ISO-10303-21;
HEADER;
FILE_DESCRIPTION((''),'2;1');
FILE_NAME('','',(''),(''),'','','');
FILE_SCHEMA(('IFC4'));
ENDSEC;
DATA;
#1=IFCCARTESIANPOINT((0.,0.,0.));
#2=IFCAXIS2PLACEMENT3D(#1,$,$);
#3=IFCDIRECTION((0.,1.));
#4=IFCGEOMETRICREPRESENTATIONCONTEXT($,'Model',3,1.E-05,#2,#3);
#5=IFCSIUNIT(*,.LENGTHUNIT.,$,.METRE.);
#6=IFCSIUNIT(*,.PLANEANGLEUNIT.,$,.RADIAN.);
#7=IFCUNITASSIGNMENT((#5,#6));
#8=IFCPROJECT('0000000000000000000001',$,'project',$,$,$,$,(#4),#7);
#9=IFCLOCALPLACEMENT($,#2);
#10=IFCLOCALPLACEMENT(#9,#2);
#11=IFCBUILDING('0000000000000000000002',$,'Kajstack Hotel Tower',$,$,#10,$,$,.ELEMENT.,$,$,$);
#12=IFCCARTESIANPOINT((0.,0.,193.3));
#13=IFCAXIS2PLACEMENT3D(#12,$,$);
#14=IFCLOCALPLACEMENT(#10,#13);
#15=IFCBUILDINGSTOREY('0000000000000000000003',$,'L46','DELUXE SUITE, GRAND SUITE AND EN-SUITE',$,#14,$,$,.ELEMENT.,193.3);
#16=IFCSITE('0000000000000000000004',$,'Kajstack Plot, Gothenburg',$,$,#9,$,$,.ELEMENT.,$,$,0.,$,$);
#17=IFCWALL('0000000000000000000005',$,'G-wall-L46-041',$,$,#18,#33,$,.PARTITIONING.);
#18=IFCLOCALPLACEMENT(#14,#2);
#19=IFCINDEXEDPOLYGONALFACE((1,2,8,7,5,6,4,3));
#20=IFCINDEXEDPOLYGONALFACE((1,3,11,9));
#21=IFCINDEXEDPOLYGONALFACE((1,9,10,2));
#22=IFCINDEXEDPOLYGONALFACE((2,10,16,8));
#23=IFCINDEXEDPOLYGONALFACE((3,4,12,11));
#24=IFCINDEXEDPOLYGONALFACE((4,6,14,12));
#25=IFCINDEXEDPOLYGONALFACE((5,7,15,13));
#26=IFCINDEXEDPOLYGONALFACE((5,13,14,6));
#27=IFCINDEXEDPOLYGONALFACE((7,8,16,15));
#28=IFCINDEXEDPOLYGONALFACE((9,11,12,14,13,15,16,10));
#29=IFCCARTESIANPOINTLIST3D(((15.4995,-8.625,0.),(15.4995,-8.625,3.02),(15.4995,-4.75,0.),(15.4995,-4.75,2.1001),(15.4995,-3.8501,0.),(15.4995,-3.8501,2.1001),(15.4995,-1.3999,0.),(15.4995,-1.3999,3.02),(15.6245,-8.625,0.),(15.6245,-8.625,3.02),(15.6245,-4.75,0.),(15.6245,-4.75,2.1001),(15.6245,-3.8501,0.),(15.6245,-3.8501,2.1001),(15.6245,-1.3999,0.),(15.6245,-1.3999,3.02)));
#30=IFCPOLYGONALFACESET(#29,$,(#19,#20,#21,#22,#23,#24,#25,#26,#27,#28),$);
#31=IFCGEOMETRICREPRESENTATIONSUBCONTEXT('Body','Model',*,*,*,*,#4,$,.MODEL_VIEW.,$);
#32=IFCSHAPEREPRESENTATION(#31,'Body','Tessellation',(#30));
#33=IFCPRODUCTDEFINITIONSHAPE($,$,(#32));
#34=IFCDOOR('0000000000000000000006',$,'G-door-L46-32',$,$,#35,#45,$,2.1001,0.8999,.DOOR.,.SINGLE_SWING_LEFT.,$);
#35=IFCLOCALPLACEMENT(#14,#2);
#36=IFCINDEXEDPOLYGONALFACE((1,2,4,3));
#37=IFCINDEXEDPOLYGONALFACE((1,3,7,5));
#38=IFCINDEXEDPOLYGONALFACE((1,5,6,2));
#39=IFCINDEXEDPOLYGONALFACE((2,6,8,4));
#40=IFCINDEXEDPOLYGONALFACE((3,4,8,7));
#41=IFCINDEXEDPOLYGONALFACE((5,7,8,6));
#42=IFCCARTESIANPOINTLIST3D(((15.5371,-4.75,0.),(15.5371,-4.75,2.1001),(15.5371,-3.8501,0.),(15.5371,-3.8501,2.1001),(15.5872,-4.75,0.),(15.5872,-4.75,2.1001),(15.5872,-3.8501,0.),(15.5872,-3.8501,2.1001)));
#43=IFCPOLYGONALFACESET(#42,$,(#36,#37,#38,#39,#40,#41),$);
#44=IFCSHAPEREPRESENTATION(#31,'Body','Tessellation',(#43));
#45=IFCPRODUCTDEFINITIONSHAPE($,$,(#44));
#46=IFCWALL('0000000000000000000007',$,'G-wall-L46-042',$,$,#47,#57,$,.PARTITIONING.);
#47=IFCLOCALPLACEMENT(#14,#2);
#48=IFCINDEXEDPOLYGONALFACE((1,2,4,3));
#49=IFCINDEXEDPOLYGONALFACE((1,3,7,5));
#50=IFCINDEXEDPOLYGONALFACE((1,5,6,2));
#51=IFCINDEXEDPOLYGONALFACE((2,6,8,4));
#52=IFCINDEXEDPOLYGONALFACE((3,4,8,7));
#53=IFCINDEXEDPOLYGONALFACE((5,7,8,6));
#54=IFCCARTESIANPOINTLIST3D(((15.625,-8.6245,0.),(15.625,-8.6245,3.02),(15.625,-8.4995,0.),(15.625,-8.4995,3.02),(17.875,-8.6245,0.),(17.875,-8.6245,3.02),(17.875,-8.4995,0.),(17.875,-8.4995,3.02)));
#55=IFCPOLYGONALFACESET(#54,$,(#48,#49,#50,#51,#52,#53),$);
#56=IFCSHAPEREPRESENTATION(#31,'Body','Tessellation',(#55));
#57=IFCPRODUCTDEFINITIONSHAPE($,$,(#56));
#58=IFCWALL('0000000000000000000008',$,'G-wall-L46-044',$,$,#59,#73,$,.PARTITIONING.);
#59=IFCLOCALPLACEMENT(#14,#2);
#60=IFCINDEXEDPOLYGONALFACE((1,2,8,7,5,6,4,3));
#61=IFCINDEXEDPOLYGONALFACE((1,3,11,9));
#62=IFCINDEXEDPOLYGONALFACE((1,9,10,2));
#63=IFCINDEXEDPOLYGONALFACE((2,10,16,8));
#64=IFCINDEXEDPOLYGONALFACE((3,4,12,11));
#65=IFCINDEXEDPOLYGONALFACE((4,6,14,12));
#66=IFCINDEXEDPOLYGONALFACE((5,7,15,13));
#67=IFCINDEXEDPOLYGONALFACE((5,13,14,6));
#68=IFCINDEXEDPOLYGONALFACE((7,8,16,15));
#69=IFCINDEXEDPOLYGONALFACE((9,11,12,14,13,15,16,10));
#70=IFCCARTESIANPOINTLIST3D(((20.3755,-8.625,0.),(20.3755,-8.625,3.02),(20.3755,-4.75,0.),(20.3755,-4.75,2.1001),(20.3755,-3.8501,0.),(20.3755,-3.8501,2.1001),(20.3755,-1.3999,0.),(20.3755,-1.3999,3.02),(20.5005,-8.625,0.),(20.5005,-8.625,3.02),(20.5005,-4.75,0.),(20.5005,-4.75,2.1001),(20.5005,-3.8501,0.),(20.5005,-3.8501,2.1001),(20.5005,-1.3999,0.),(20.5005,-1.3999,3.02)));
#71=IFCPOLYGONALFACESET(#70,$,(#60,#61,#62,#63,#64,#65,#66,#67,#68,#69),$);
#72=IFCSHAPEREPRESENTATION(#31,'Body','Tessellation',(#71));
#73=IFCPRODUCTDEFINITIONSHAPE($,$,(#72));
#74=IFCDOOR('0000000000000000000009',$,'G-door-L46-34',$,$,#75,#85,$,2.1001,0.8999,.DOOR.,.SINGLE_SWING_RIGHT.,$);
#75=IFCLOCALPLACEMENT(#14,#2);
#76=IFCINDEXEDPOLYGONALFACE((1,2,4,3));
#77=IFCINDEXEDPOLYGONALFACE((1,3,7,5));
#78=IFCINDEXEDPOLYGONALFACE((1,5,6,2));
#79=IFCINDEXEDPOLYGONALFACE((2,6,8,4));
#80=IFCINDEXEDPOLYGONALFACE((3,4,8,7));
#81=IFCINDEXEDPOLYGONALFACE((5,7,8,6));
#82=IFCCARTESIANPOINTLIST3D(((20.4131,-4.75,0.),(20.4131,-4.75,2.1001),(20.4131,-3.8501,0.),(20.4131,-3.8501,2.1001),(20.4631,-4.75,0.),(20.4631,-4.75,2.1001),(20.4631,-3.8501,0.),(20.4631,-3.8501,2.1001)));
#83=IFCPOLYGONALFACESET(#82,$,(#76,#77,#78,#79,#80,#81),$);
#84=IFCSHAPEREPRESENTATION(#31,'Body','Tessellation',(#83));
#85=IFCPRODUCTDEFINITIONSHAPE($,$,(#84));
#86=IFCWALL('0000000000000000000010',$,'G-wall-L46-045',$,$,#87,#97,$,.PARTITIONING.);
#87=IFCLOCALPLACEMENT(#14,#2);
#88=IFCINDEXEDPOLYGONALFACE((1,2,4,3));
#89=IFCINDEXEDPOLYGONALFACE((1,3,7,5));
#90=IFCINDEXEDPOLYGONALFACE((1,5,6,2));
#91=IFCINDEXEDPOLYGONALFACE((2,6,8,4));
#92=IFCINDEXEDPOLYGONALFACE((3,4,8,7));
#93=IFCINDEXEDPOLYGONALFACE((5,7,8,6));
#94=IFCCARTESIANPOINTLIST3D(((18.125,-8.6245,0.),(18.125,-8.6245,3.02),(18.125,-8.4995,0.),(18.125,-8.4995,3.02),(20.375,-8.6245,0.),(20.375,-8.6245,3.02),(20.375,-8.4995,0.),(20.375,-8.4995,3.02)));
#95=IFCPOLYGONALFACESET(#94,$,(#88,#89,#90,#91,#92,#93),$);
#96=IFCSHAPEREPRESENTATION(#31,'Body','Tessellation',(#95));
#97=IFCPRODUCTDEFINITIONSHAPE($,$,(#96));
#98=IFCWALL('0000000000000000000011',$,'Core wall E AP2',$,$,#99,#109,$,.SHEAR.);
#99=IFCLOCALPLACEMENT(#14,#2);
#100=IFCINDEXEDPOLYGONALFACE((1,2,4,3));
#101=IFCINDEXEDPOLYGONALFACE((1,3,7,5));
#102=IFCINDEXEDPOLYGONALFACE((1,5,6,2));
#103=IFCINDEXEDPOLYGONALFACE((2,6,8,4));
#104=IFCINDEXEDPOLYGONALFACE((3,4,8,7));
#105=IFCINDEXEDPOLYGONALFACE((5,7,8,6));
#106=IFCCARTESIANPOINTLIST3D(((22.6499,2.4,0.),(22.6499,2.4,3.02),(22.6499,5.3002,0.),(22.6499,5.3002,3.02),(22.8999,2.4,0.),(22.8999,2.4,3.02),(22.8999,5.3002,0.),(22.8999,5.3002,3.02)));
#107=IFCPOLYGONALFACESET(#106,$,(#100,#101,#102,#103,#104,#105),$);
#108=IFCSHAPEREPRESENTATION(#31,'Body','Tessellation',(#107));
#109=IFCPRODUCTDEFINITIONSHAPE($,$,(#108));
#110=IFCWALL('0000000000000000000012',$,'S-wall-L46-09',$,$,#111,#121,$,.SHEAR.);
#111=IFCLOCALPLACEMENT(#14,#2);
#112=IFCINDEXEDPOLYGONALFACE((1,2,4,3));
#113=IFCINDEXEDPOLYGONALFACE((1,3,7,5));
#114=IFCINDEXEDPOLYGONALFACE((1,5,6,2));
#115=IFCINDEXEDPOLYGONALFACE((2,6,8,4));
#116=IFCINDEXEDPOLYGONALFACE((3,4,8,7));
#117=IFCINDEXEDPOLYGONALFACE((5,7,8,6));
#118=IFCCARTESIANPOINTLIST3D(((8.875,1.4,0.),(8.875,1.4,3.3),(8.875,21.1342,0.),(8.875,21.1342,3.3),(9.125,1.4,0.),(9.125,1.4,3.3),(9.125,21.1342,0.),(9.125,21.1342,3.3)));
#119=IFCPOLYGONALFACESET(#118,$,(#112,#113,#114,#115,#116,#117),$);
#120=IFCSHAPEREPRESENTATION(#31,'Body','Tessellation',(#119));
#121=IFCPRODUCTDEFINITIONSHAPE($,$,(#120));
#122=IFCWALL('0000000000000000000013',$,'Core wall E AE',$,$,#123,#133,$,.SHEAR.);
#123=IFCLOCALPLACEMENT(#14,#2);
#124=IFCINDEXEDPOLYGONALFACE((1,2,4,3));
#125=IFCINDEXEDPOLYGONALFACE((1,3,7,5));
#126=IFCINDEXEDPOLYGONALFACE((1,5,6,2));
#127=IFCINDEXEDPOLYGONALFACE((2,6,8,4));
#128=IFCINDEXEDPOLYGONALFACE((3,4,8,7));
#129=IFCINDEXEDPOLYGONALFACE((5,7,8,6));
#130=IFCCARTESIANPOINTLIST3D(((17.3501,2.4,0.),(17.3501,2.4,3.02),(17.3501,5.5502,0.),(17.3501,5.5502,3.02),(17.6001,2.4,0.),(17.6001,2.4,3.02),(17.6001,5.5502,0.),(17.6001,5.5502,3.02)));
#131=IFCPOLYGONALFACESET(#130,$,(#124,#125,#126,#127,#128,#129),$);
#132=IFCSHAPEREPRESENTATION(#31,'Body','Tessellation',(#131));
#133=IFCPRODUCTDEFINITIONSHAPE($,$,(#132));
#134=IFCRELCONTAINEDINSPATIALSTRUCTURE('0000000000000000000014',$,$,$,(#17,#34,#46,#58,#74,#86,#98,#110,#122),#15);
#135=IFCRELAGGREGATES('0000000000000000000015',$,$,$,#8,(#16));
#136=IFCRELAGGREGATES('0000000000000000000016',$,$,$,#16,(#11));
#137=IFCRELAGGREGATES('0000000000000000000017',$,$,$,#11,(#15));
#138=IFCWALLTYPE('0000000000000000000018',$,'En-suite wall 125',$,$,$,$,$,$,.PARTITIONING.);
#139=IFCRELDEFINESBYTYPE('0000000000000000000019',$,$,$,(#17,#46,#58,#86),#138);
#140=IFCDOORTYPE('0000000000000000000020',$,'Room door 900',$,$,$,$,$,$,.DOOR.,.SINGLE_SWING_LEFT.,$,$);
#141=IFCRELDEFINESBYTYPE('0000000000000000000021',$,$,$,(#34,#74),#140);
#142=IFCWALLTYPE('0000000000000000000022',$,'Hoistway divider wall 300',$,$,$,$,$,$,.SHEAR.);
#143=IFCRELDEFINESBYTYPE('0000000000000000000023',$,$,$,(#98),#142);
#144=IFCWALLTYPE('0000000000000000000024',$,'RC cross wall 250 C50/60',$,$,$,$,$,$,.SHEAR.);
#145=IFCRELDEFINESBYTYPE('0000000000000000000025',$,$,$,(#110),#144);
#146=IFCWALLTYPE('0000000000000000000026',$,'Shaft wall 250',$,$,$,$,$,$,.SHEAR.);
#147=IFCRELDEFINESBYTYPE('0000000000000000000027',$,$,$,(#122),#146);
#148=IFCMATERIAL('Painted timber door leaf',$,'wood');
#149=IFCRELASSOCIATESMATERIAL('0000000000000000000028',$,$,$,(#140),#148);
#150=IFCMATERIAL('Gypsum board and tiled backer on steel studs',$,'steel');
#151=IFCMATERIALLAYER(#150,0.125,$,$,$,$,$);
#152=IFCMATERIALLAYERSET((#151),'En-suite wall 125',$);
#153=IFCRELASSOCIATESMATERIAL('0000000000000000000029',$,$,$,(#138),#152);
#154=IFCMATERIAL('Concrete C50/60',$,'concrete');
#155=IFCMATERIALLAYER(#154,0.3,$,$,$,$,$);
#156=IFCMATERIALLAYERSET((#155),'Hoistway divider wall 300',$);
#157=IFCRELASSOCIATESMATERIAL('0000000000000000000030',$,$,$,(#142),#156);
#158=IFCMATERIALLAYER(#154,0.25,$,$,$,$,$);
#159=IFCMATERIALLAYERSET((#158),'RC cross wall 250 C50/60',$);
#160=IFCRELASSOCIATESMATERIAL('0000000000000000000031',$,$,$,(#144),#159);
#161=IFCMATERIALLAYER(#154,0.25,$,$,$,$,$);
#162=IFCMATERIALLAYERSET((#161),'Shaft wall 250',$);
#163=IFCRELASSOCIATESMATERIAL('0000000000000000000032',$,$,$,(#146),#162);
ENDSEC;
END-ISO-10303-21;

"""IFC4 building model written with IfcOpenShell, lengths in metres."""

from ifc_helpers import new_model, si_unit, direction, frame, frame_2d, origin, place, context, subcontext, project, spatial, rectangle, extrude, material, layer, layer_set, type_object, element, fill, save


model = new_model("IFC4")

# Units and contexts
model_context = context("Model", 3, precision=1e-05, world=origin(), true_north=direction((0.0, 1.0)))
body_context = subcontext(model_context, "Body", "Model", "MODEL_VIEW")
ifc_project = project(units=[si_unit("LENGTHUNIT", "METRE"), si_unit("PLANEANGLEUNIT", "RADIAN")], contexts=[model_context])

# Site, building, storey
site_placement = place(None, origin())
site = spatial("IfcSite", under=ifc_project, at=site_placement, Name="Kajstack Plot, Gothenburg", CompositionType="ELEMENT", RefElevation=0.0)
building_placement = place(site_placement, origin())
building = spatial("IfcBuilding", under=site, at=building_placement, Name="Kajstack Hotel Tower", CompositionType="ELEMENT")
storey_placement = place(building_placement, frame((0.0, 0.0, 193.3)))
storey = spatial("IfcBuildingStorey", under=building, at=storey_placement, Name="L46", Description="DELUXE SUITE, GRAND SUITE AND EN-SUITE", CompositionType="ELEMENT", Elevation=193.3)

# Shared definitions
ifc_material_1 = material(Name="Painted timber door leaf", Category="wood")
door_type_1 = type_object("IfcDoorType", Name="Room door 900", OperationType="SINGLE_SWING_LEFT", PredefinedType="DOOR", material=ifc_material_1)

# Shared definitions
ifc_material_2 = material(Name="Gypsum board and tiled backer on steel studs", Category="steel")
ifc_layer_1 = layer(ifc_material_2, 0.125)
ifc_layer_set_1 = layer_set([ifc_layer_1], Name="En-suite wall 125")
wall_type_1 = type_object("IfcWallType", Name="En-suite wall 125", PredefinedType="PARTITIONING", material=ifc_layer_set_1)

# Wall, opening, door
wall_1_placement = place(storey_placement, frame((15.562, -8.625, 0.0), z_axis=(0.0, 0.0, 1.0), x_axis=(0.0, 1.0, 0.0)))
wall_1 = element("IfcWall", 1, at=wall_1_placement, inside=storey, type_object=wall_type_1, Name="G-wall-L46-041", PredefinedType="PARTITIONING", context=body_context, shape_type="SweptSolid", body=[
    extrude(rectangle(XDim=7.2251, YDim=0.125, at=frame_2d((3.6125, 0.0))), origin(), (0.0, 0.0, 1.0), 3.02),
])
opening_1_placement = place(wall_1_placement, frame((3.875, 0.0, 0.0)))
opening_1 = element("IfcOpeningElement", 2, at=opening_1_placement, cuts=wall_1, PredefinedType="OPENING", context=body_context, shape_type="SweptSolid", body=[
    extrude(rectangle(XDim=0.8999, YDim=2.1001, at=frame_2d((0.45, 1.05))), frame((0.0, 0.0725, 0.0), z_axis=(0.0, -1.0, 0.0), x_axis=(1.0, 0.0, 0.0)), (0.0, 0.0, 1.0), 0.145),
])
door_1_placement = place(opening_1_placement, origin())
door_1 = element("IfcDoor", 3, at=door_1_placement, inside=storey, type_object=door_type_1, Name="G-door-L46-32", OperationType="SINGLE_SWING_LEFT", OverallHeight=2.1001, OverallWidth=0.8999, PredefinedType="DOOR", context=body_context, shape_type="SweptSolid", body=[
    extrude(rectangle(XDim=0.8999, YDim=2.1001, at=frame_2d((0.45, 1.05))), frame((0.0, 0.0249, 0.0), z_axis=(0.0, -1.0, 0.0), x_axis=(1.0, 0.0, 0.0)), (0.0, 0.0, 1.0), 0.05),
])
fill(opening_1, door_1)

# Wall
wall_2_placement = place(storey_placement, frame((15.625, -8.562, 0.0), z_axis=(0.0, 0.0, 1.0), x_axis=(1.0, 0.0, 0.0)))
element("IfcWall", 4, at=wall_2_placement, inside=storey, type_object=wall_type_1, Name="G-wall-L46-042", PredefinedType="PARTITIONING", context=body_context, shape_type="SweptSolid", body=[
    extrude(rectangle(XDim=2.25, YDim=0.125, at=frame_2d((1.125, 0.0))), origin(), (0.0, 0.0, 1.0), 3.02),
])

# Wall, opening, door
wall_3_placement = place(storey_placement, frame((20.438, -8.625, 0.0), z_axis=(0.0, 0.0, 1.0), x_axis=(0.0, 1.0, 0.0)))
wall_3 = element("IfcWall", 5, at=wall_3_placement, inside=storey, type_object=wall_type_1, Name="G-wall-L46-044", PredefinedType="PARTITIONING", context=body_context, shape_type="SweptSolid", body=[
    extrude(rectangle(XDim=7.2251, YDim=0.125, at=frame_2d((3.6125, 0.0))), origin(), (0.0, 0.0, 1.0), 3.02),
])
opening_2_placement = place(wall_3_placement, frame((3.875, 0.0, 0.0)))
opening_2 = element("IfcOpeningElement", 6, at=opening_2_placement, cuts=wall_3, PredefinedType="OPENING", context=body_context, shape_type="SweptSolid", body=[
    extrude(rectangle(XDim=0.8999, YDim=2.1001, at=frame_2d((0.45, 1.05))), frame((0.0, 0.0725, 0.0), z_axis=(0.0, -1.0, 0.0), x_axis=(1.0, 0.0, 0.0)), (0.0, 0.0, 1.0), 0.145),
])
door_2_placement = place(opening_2_placement, origin())
door_2 = element("IfcDoor", 7, at=door_2_placement, inside=storey, type_object=door_type_1, Name="G-door-L46-34", OperationType="SINGLE_SWING_RIGHT", OverallHeight=2.1001, OverallWidth=0.8999, PredefinedType="DOOR", context=body_context, shape_type="SweptSolid", body=[
    extrude(rectangle(XDim=0.8999, YDim=2.1001, at=frame_2d((0.45, 1.05))), frame((0.0, 0.0249, 0.0), z_axis=(0.0, -1.0, 0.0), x_axis=(1.0, 0.0, 0.0)), (0.0, 0.0, 1.0), 0.05),
])
fill(opening_2, door_2)

# Walls
wall_4_placement = place(storey_placement, frame((18.125, -8.562, 0.0), z_axis=(0.0, 0.0, 1.0), x_axis=(1.0, 0.0, 0.0)))
element("IfcWall", 8, at=wall_4_placement, inside=storey, type_object=wall_type_1, Name="G-wall-L46-045", PredefinedType="PARTITIONING", context=body_context, shape_type="SweptSolid", body=[
    extrude(rectangle(XDim=2.25, YDim=0.125, at=frame_2d((1.125, 0.0))), origin(), (0.0, 0.0, 1.0), 3.02),
])
ifc_material_3 = material(Name="Concrete C50/60", Category="concrete")
ifc_layer_2 = layer(ifc_material_3, 0.3)
ifc_layer_set_2 = layer_set([ifc_layer_2], Name="Hoistway divider wall 300")
wall_type_2 = type_object("IfcWallType", Name="Hoistway divider wall 300", PredefinedType="SHEAR", material=ifc_layer_set_2)
wall_5_placement = place(storey_placement, frame((22.7749, 2.3999, 0.0), z_axis=(0.0, 0.0, 1.0), x_axis=(0.0, 1.0, 0.0)))
element("IfcWall", 9, at=wall_5_placement, inside=storey, type_object=wall_type_2, Name="Core wall E AP2", PredefinedType="SHEAR", context=body_context, shape_type="SweptSolid", body=[
    extrude(rectangle(XDim=2.9001, YDim=0.25, at=frame_2d((1.4502, 0.0))), origin(), (0.0, 0.0, 1.0), 3.02),
])
ifc_layer_3 = layer(ifc_material_3, 0.25)
ifc_layer_set_3 = layer_set([ifc_layer_3], Name="RC cross wall 250 C50/60")
wall_type_3 = type_object("IfcWallType", Name="RC cross wall 250 C50/60", PredefinedType="SHEAR", material=ifc_layer_set_3)
wall_6_placement = place(storey_placement, frame((9.0, 1.3999, 0.0), z_axis=(0.0, 0.0, 1.0), x_axis=(0.0, 1.0, 0.0)))
element("IfcWall", 10, at=wall_6_placement, inside=storey, type_object=wall_type_3, Name="S-wall-L46-09", PredefinedType="SHEAR", context=body_context, shape_type="SweptSolid", body=[
    extrude(rectangle(XDim=19.7341, YDim=0.25, at=frame_2d((9.8672, 0.0))), origin(), (0.0, 0.0, 1.0), 3.3),
])
ifc_layer_4 = layer(ifc_material_3, 0.25)
ifc_layer_set_4 = layer_set([ifc_layer_4], Name="Shaft wall 250")
wall_type_4 = type_object("IfcWallType", Name="Shaft wall 250", PredefinedType="SHEAR", material=ifc_layer_set_4)
wall_7_placement = place(storey_placement, frame((17.4751, 2.3999, 0.0), z_axis=(0.0, 0.0, 1.0), x_axis=(0.0, 1.0, 0.0)))
element("IfcWall", 11, at=wall_7_placement, inside=storey, type_object=wall_type_4, Name="Core wall E AE", PredefinedType="SHEAR", context=body_context, shape_type="SweptSolid", body=[
    extrude(rectangle(XDim=3.1501, YDim=0.25, at=frame_2d((1.5752, 0.0))), origin(), (0.0, 0.0, 1.0), 3.02),
])

save(model, "model.ifc")
